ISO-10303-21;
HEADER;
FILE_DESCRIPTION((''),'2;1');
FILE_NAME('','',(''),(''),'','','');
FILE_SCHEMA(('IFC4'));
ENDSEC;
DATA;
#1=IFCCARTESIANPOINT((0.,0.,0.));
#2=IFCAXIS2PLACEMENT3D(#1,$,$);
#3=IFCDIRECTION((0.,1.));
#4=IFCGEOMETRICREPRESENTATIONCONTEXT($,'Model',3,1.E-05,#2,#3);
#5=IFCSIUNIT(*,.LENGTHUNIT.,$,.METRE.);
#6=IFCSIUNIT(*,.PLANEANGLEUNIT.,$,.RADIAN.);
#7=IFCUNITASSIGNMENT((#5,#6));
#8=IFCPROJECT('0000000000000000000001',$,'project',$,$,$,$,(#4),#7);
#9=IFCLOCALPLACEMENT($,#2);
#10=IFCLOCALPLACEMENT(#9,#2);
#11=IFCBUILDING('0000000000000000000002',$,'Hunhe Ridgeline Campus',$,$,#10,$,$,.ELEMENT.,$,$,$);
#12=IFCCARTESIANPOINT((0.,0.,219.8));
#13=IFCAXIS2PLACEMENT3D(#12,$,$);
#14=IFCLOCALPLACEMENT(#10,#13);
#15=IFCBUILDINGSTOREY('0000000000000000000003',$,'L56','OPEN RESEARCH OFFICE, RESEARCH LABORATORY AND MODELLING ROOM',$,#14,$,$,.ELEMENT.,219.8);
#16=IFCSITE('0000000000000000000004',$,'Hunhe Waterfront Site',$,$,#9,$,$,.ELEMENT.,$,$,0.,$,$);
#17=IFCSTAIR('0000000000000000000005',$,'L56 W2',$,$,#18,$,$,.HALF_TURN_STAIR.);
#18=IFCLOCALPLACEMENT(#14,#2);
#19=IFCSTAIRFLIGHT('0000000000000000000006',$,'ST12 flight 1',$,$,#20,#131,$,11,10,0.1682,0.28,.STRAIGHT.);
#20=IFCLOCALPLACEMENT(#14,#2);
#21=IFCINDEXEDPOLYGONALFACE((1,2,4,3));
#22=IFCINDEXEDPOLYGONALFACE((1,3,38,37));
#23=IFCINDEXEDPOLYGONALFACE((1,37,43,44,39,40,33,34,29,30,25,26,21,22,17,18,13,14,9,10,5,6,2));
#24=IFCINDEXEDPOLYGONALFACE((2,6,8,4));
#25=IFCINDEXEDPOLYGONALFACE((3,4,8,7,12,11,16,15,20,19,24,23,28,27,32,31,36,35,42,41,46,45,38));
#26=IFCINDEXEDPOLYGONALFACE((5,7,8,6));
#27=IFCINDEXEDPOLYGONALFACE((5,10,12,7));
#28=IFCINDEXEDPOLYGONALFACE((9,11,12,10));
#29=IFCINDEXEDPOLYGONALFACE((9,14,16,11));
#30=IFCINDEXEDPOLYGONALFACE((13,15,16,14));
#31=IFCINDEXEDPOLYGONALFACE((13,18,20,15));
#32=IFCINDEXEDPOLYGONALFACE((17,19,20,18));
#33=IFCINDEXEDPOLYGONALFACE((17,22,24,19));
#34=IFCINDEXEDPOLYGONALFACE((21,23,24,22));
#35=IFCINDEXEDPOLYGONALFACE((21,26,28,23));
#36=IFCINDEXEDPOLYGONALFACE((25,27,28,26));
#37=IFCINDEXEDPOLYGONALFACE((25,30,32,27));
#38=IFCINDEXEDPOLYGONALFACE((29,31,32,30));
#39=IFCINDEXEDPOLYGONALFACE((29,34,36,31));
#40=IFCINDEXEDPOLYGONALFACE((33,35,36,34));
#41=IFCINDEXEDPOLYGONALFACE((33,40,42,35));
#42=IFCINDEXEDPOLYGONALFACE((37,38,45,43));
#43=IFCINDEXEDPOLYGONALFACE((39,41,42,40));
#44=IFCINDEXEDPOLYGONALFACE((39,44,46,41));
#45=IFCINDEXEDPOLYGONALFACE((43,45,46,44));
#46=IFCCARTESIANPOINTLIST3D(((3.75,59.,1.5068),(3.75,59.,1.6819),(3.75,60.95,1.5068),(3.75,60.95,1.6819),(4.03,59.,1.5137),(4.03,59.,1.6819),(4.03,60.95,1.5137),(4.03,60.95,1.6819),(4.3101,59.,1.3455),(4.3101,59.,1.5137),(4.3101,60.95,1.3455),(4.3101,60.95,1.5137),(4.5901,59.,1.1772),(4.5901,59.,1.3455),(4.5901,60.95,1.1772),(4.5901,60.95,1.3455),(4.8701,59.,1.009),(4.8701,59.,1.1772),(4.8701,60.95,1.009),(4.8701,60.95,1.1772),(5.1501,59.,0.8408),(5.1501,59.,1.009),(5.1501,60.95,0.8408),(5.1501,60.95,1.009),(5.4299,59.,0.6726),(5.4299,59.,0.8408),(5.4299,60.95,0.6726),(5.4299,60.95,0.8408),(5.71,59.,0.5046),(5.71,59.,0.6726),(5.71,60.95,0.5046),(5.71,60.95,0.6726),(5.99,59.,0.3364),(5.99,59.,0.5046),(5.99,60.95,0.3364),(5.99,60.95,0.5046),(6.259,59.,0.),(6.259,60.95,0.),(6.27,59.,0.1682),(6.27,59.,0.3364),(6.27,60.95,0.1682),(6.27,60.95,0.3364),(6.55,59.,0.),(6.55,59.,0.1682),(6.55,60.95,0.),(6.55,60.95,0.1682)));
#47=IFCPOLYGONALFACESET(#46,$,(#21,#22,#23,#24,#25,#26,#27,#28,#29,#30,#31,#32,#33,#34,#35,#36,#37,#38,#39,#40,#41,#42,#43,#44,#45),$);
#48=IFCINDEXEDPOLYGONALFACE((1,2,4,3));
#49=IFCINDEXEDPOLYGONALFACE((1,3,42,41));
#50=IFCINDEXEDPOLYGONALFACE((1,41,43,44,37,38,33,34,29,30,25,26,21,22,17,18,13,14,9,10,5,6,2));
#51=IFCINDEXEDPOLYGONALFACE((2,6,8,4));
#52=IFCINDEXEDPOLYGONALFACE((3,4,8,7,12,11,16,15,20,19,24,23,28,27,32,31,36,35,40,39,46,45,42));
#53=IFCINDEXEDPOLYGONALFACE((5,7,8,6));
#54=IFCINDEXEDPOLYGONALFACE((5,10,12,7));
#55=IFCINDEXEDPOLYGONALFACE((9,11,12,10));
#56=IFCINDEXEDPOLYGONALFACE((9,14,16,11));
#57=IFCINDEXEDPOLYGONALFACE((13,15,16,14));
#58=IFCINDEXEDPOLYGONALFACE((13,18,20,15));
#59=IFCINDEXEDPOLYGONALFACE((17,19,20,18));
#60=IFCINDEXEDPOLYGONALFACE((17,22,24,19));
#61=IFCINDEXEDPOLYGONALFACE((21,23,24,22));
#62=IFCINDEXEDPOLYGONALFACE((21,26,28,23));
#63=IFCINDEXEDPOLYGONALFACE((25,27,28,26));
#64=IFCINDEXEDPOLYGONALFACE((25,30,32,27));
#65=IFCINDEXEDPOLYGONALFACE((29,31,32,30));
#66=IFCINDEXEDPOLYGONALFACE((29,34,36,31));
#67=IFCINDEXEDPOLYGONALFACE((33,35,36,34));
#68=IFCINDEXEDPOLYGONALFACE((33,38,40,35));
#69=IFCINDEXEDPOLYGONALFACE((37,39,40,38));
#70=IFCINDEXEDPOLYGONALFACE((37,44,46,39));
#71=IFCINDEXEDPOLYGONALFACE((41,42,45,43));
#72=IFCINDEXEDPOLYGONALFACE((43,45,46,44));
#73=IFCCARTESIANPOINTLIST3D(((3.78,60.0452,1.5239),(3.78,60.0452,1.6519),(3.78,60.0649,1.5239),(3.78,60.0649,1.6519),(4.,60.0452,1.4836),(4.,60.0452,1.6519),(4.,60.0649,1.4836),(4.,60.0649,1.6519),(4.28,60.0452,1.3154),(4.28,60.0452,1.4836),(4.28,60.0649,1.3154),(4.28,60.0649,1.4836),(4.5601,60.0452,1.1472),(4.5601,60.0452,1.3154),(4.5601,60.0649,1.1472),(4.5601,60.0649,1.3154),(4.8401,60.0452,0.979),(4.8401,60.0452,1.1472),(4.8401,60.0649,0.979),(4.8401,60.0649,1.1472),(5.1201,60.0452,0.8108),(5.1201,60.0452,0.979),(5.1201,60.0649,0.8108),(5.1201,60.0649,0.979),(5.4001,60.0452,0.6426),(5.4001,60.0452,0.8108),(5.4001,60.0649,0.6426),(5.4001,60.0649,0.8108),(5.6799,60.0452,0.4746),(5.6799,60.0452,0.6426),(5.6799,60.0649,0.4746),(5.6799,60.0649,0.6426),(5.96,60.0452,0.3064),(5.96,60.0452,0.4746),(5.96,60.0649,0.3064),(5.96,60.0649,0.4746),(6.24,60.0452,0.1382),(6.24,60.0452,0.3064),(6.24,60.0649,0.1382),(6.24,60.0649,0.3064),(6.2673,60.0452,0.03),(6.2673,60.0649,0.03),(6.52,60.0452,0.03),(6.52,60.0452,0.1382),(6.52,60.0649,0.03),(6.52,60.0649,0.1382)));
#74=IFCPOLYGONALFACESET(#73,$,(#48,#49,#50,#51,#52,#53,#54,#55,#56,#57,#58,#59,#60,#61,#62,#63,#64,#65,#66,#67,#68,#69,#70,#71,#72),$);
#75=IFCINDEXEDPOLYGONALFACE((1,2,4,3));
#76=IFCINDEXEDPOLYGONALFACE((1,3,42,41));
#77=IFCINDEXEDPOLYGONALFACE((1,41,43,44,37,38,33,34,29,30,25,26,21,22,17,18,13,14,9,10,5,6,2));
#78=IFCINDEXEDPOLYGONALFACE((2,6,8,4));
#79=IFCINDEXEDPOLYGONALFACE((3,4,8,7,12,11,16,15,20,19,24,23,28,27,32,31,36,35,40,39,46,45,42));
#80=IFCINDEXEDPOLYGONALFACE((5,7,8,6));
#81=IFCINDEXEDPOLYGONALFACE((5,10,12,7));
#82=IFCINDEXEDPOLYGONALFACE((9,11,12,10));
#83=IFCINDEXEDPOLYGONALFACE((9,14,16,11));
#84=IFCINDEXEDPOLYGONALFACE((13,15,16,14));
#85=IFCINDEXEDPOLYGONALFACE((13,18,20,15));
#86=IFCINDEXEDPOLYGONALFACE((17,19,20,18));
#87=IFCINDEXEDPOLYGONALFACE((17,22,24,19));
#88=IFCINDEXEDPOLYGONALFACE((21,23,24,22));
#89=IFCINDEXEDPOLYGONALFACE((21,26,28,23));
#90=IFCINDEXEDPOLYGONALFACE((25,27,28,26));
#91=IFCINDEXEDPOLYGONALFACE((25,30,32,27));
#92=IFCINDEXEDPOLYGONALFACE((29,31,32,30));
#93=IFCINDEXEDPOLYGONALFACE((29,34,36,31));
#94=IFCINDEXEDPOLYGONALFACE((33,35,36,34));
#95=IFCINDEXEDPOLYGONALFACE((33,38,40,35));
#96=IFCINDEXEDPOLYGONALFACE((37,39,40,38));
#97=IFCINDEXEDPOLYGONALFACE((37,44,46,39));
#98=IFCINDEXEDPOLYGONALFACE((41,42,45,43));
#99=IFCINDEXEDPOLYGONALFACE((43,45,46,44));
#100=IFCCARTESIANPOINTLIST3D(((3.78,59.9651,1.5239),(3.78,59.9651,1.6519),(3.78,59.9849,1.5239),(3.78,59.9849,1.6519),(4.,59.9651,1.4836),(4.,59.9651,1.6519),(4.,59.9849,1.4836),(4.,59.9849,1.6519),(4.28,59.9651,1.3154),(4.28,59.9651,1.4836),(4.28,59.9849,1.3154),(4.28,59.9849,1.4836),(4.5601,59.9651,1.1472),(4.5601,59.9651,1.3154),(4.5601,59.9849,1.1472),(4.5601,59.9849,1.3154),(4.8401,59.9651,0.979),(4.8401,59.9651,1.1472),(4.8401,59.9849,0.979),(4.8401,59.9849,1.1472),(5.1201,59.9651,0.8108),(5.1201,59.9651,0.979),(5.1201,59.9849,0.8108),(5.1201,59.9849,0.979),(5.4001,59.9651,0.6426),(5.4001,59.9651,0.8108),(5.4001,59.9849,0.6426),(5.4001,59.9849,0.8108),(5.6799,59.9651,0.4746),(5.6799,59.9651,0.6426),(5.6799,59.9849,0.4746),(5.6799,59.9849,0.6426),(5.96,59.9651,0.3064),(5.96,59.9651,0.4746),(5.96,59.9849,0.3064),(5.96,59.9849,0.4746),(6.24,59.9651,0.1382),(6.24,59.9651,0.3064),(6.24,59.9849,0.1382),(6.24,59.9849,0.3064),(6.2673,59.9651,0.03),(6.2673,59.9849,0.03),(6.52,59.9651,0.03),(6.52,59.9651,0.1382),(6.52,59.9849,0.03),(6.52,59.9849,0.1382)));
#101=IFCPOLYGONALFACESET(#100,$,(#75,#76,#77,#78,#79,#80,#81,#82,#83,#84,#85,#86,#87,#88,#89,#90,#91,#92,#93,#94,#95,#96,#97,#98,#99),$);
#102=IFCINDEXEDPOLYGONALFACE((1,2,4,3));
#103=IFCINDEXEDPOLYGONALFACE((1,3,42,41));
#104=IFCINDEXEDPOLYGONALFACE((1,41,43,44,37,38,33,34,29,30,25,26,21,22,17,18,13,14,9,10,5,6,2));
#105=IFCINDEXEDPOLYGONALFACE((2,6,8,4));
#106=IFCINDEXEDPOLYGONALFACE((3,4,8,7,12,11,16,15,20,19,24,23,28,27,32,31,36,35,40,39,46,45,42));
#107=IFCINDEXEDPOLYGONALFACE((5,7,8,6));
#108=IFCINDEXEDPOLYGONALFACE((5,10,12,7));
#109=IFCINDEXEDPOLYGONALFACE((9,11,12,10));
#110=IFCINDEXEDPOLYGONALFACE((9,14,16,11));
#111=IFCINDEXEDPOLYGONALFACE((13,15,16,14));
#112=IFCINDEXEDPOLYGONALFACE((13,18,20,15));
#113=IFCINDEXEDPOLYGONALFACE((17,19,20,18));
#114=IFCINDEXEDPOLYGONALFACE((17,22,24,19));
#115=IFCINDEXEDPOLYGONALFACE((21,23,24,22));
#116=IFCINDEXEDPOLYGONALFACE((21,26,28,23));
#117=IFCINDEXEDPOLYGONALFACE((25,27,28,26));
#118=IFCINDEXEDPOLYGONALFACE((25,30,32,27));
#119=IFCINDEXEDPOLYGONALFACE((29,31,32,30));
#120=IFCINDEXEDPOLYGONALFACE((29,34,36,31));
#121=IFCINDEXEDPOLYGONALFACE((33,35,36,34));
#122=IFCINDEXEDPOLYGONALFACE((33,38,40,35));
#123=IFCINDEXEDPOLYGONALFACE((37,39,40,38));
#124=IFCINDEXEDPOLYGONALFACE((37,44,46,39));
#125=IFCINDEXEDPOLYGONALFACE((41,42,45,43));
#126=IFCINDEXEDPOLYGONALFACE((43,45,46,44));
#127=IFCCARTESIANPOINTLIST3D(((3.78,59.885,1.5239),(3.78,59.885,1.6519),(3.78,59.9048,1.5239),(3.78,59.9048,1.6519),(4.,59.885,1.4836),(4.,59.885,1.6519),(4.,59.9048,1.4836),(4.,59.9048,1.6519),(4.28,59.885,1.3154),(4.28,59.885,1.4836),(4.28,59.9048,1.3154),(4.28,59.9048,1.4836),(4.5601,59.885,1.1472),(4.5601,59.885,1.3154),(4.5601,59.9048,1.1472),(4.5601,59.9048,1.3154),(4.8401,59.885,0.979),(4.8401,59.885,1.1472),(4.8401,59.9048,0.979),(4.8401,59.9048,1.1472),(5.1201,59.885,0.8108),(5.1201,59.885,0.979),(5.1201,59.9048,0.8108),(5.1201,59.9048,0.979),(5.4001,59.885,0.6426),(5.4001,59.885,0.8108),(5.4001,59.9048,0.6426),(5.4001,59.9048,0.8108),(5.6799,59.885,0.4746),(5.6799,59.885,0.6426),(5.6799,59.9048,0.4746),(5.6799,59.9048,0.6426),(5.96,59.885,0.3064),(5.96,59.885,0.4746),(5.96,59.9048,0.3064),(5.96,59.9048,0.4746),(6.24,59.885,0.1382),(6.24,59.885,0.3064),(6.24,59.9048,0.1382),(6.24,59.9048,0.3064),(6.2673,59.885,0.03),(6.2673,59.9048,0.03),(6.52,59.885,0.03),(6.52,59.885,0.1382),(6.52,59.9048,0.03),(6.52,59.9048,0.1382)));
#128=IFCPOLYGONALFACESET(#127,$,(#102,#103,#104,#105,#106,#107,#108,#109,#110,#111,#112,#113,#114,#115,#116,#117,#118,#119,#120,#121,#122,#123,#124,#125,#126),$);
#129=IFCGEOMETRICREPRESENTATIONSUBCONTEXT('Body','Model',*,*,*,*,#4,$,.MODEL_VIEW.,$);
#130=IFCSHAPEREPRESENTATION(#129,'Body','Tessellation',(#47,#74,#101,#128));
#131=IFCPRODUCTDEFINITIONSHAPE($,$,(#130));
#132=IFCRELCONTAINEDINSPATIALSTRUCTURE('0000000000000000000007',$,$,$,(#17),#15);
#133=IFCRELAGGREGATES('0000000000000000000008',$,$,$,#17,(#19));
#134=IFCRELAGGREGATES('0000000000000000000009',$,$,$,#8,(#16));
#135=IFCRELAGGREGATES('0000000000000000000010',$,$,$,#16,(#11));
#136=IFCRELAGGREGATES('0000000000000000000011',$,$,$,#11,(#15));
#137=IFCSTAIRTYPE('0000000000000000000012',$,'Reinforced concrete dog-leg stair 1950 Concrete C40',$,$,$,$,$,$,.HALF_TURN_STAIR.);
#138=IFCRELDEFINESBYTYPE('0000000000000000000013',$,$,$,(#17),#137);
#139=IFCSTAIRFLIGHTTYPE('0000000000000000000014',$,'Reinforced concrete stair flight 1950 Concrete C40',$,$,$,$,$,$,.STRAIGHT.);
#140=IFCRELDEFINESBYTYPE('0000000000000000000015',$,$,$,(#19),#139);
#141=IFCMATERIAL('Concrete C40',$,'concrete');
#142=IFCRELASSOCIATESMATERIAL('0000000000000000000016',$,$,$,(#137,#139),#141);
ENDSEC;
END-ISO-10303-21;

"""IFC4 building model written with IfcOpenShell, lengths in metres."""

from ifc_helpers import new_model, si_unit, direction, frame, origin, place, context, subcontext, project, spatial, polyline, outline, extrude, material, type_object, element, aggregate, save


model = new_model("IFC4")

# Units and contexts
model_context = context("Model", 3, precision=1e-05, world=origin(), true_north=direction((0.0, 1.0)))
body_context = subcontext(model_context, "Body", "Model", "MODEL_VIEW")
ifc_project = project(units=[si_unit("LENGTHUNIT", "METRE"), si_unit("PLANEANGLEUNIT", "RADIAN")], contexts=[model_context])

# Site, building, storey
site_placement = place(None, origin())
site = spatial("IfcSite", under=ifc_project, at=site_placement, Name="Hunhe Waterfront Site", CompositionType="ELEMENT", RefElevation=0.0)
building_placement = place(site_placement, origin())
building = spatial("IfcBuilding", under=site, at=building_placement, Name="Hunhe Ridgeline Campus", CompositionType="ELEMENT")
storey_placement = place(building_placement, frame((0.0, 0.0, 219.8)))
storey = spatial("IfcBuildingStorey", under=building, at=storey_placement, Name="L56", Description="OPEN RESEARCH OFFICE, RESEARCH LABORATORY AND MODELLING ROOM", CompositionType="ELEMENT", Elevation=219.8)

# Shared definitions
ifc_material_1 = material(Name="Concrete C40", Category="concrete")
stair_type = type_object("IfcStairType", Name="Reinforced concrete dog-leg stair 1950 Concrete C40", PredefinedType="HALF_TURN_STAIR", material=ifc_material_1)
stair_flight_type = type_object("IfcStairFlightType", Name="Reinforced concrete stair flight 1950 Concrete C40", PredefinedType="STRAIGHT", material=ifc_material_1)

# Stair, stair flight
stair_1_placement = place(storey_placement, origin())
stair_1 = element("IfcStair", 1, at=stair_1_placement, inside=storey, type_object=stair_type, Name="L56 W2", PredefinedType="HALF_TURN_STAIR")
stair_flight_1_placement = place(storey_placement, frame((6.55, 59.9751, 0.0), z_axis=(0.0, 0.0, 1.0), x_axis=(-1.0, 0.0, 0.0)))
stair_flight_1 = element("IfcStairFlight", 2, at=stair_flight_1_placement, type_object=stair_flight_type, Name="ST12 flight 1", NumberOfRisers=11, NumberOfTreads=10, PredefinedType="STRAIGHT", RiserHeight=0.1682, TreadLength=0.28, context=body_context, shape_type="SweptSolid", body=[
    extrude(outline(polyline([(0.0, 0.0), (0.0, 0.1682), (0.28, 0.1682), (0.28, 0.3364), (0.5601, 0.3364), (0.5601, 0.5046), (0.8401, 0.5046), (0.8401, 0.6726), (1.1201, 0.6726), (1.1201, 0.8408), (1.3999, 0.8408), (1.3999, 1.009), (1.6799, 1.009), (1.6799, 1.1772), (1.96, 1.1772), (1.96, 1.3455), (2.24, 1.3455), (2.24, 1.5137), (2.52, 1.5137), (2.52, 1.6819), (2.8, 1.6819), (2.8, 1.8501), (2.8, 1.5068), (0.291, 0.0), (0.0, 0.0)])), frame((0.0, 0.9751, 0.0), z_axis=(0.0, -1.0, 0.0), x_axis=(1.0, 0.0, 0.0)), (0.0, 0.0, 1.0), 1.95),
    extrude(outline(polyline([(0.03, 0.03), (0.03, 0.1382), (0.3101, 0.1382), (0.3101, 0.3064), (0.5901, 0.3064), (0.5901, 0.4746), (0.8701, 0.4746), (0.8701, 0.6426), (1.1499, 0.6426), (1.1499, 0.8108), (1.4299, 0.8108), (1.4299, 0.979), (1.71, 0.979), (1.71, 1.1472), (1.99, 1.1472), (1.99, 1.3154), (2.27, 1.3154), (2.27, 1.4836), (2.55, 1.4836), (2.55, 1.6519), (2.77, 1.6519), (2.77, 1.5239), (0.2827, 0.03), (0.03, 0.03)])), frame((0.0, -0.0701, 0.0), z_axis=(0.0, -1.0, 0.0), x_axis=(1.0, 0.0, 0.0)), (0.0, 0.0, 1.0), 0.0198),
    extrude(outline(polyline([(0.03, 0.03), (0.03, 0.1382), (0.3101, 0.1382), (0.3101, 0.3064), (0.5901, 0.3064), (0.5901, 0.4746), (0.8701, 0.4746), (0.8701, 0.6426), (1.1499, 0.6426), (1.1499, 0.8108), (1.4299, 0.8108), (1.4299, 0.979), (1.71, 0.979), (1.71, 1.1472), (1.99, 1.1472), (1.99, 1.3154), (2.27, 1.3154), (2.27, 1.4836), (2.55, 1.4836), (2.55, 1.6519), (2.77, 1.6519), (2.77, 1.5239), (0.2827, 0.03), (0.03, 0.03)])), frame((0.0, 0.01, 0.0), z_axis=(0.0, -1.0, 0.0), x_axis=(1.0, 0.0, 0.0)), (0.0, 0.0, 1.0), 0.0198),
    extrude(outline(polyline([(0.03, 0.03), (0.03, 0.1382), (0.3101, 0.1382), (0.3101, 0.3064), (0.5901, 0.3064), (0.5901, 0.4746), (0.8701, 0.4746), (0.8701, 0.6426), (1.1499, 0.6426), (1.1499, 0.8108), (1.4299, 0.8108), (1.4299, 0.979), (1.71, 0.979), (1.71, 1.1472), (1.99, 1.1472), (1.99, 1.3154), (2.27, 1.3154), (2.27, 1.4836), (2.55, 1.4836), (2.55, 1.6519), (2.77, 1.6519), (2.77, 1.5239), (0.2827, 0.03), (0.03, 0.03)])), frame((0.0, 0.0901, 0.0), z_axis=(0.0, -1.0, 0.0), x_axis=(1.0, 0.0, 0.0)), (0.0, 0.0, 1.0), 0.0198),
])
aggregate(stair_1, [stair_flight_1])

save(model, "model.ifc")
